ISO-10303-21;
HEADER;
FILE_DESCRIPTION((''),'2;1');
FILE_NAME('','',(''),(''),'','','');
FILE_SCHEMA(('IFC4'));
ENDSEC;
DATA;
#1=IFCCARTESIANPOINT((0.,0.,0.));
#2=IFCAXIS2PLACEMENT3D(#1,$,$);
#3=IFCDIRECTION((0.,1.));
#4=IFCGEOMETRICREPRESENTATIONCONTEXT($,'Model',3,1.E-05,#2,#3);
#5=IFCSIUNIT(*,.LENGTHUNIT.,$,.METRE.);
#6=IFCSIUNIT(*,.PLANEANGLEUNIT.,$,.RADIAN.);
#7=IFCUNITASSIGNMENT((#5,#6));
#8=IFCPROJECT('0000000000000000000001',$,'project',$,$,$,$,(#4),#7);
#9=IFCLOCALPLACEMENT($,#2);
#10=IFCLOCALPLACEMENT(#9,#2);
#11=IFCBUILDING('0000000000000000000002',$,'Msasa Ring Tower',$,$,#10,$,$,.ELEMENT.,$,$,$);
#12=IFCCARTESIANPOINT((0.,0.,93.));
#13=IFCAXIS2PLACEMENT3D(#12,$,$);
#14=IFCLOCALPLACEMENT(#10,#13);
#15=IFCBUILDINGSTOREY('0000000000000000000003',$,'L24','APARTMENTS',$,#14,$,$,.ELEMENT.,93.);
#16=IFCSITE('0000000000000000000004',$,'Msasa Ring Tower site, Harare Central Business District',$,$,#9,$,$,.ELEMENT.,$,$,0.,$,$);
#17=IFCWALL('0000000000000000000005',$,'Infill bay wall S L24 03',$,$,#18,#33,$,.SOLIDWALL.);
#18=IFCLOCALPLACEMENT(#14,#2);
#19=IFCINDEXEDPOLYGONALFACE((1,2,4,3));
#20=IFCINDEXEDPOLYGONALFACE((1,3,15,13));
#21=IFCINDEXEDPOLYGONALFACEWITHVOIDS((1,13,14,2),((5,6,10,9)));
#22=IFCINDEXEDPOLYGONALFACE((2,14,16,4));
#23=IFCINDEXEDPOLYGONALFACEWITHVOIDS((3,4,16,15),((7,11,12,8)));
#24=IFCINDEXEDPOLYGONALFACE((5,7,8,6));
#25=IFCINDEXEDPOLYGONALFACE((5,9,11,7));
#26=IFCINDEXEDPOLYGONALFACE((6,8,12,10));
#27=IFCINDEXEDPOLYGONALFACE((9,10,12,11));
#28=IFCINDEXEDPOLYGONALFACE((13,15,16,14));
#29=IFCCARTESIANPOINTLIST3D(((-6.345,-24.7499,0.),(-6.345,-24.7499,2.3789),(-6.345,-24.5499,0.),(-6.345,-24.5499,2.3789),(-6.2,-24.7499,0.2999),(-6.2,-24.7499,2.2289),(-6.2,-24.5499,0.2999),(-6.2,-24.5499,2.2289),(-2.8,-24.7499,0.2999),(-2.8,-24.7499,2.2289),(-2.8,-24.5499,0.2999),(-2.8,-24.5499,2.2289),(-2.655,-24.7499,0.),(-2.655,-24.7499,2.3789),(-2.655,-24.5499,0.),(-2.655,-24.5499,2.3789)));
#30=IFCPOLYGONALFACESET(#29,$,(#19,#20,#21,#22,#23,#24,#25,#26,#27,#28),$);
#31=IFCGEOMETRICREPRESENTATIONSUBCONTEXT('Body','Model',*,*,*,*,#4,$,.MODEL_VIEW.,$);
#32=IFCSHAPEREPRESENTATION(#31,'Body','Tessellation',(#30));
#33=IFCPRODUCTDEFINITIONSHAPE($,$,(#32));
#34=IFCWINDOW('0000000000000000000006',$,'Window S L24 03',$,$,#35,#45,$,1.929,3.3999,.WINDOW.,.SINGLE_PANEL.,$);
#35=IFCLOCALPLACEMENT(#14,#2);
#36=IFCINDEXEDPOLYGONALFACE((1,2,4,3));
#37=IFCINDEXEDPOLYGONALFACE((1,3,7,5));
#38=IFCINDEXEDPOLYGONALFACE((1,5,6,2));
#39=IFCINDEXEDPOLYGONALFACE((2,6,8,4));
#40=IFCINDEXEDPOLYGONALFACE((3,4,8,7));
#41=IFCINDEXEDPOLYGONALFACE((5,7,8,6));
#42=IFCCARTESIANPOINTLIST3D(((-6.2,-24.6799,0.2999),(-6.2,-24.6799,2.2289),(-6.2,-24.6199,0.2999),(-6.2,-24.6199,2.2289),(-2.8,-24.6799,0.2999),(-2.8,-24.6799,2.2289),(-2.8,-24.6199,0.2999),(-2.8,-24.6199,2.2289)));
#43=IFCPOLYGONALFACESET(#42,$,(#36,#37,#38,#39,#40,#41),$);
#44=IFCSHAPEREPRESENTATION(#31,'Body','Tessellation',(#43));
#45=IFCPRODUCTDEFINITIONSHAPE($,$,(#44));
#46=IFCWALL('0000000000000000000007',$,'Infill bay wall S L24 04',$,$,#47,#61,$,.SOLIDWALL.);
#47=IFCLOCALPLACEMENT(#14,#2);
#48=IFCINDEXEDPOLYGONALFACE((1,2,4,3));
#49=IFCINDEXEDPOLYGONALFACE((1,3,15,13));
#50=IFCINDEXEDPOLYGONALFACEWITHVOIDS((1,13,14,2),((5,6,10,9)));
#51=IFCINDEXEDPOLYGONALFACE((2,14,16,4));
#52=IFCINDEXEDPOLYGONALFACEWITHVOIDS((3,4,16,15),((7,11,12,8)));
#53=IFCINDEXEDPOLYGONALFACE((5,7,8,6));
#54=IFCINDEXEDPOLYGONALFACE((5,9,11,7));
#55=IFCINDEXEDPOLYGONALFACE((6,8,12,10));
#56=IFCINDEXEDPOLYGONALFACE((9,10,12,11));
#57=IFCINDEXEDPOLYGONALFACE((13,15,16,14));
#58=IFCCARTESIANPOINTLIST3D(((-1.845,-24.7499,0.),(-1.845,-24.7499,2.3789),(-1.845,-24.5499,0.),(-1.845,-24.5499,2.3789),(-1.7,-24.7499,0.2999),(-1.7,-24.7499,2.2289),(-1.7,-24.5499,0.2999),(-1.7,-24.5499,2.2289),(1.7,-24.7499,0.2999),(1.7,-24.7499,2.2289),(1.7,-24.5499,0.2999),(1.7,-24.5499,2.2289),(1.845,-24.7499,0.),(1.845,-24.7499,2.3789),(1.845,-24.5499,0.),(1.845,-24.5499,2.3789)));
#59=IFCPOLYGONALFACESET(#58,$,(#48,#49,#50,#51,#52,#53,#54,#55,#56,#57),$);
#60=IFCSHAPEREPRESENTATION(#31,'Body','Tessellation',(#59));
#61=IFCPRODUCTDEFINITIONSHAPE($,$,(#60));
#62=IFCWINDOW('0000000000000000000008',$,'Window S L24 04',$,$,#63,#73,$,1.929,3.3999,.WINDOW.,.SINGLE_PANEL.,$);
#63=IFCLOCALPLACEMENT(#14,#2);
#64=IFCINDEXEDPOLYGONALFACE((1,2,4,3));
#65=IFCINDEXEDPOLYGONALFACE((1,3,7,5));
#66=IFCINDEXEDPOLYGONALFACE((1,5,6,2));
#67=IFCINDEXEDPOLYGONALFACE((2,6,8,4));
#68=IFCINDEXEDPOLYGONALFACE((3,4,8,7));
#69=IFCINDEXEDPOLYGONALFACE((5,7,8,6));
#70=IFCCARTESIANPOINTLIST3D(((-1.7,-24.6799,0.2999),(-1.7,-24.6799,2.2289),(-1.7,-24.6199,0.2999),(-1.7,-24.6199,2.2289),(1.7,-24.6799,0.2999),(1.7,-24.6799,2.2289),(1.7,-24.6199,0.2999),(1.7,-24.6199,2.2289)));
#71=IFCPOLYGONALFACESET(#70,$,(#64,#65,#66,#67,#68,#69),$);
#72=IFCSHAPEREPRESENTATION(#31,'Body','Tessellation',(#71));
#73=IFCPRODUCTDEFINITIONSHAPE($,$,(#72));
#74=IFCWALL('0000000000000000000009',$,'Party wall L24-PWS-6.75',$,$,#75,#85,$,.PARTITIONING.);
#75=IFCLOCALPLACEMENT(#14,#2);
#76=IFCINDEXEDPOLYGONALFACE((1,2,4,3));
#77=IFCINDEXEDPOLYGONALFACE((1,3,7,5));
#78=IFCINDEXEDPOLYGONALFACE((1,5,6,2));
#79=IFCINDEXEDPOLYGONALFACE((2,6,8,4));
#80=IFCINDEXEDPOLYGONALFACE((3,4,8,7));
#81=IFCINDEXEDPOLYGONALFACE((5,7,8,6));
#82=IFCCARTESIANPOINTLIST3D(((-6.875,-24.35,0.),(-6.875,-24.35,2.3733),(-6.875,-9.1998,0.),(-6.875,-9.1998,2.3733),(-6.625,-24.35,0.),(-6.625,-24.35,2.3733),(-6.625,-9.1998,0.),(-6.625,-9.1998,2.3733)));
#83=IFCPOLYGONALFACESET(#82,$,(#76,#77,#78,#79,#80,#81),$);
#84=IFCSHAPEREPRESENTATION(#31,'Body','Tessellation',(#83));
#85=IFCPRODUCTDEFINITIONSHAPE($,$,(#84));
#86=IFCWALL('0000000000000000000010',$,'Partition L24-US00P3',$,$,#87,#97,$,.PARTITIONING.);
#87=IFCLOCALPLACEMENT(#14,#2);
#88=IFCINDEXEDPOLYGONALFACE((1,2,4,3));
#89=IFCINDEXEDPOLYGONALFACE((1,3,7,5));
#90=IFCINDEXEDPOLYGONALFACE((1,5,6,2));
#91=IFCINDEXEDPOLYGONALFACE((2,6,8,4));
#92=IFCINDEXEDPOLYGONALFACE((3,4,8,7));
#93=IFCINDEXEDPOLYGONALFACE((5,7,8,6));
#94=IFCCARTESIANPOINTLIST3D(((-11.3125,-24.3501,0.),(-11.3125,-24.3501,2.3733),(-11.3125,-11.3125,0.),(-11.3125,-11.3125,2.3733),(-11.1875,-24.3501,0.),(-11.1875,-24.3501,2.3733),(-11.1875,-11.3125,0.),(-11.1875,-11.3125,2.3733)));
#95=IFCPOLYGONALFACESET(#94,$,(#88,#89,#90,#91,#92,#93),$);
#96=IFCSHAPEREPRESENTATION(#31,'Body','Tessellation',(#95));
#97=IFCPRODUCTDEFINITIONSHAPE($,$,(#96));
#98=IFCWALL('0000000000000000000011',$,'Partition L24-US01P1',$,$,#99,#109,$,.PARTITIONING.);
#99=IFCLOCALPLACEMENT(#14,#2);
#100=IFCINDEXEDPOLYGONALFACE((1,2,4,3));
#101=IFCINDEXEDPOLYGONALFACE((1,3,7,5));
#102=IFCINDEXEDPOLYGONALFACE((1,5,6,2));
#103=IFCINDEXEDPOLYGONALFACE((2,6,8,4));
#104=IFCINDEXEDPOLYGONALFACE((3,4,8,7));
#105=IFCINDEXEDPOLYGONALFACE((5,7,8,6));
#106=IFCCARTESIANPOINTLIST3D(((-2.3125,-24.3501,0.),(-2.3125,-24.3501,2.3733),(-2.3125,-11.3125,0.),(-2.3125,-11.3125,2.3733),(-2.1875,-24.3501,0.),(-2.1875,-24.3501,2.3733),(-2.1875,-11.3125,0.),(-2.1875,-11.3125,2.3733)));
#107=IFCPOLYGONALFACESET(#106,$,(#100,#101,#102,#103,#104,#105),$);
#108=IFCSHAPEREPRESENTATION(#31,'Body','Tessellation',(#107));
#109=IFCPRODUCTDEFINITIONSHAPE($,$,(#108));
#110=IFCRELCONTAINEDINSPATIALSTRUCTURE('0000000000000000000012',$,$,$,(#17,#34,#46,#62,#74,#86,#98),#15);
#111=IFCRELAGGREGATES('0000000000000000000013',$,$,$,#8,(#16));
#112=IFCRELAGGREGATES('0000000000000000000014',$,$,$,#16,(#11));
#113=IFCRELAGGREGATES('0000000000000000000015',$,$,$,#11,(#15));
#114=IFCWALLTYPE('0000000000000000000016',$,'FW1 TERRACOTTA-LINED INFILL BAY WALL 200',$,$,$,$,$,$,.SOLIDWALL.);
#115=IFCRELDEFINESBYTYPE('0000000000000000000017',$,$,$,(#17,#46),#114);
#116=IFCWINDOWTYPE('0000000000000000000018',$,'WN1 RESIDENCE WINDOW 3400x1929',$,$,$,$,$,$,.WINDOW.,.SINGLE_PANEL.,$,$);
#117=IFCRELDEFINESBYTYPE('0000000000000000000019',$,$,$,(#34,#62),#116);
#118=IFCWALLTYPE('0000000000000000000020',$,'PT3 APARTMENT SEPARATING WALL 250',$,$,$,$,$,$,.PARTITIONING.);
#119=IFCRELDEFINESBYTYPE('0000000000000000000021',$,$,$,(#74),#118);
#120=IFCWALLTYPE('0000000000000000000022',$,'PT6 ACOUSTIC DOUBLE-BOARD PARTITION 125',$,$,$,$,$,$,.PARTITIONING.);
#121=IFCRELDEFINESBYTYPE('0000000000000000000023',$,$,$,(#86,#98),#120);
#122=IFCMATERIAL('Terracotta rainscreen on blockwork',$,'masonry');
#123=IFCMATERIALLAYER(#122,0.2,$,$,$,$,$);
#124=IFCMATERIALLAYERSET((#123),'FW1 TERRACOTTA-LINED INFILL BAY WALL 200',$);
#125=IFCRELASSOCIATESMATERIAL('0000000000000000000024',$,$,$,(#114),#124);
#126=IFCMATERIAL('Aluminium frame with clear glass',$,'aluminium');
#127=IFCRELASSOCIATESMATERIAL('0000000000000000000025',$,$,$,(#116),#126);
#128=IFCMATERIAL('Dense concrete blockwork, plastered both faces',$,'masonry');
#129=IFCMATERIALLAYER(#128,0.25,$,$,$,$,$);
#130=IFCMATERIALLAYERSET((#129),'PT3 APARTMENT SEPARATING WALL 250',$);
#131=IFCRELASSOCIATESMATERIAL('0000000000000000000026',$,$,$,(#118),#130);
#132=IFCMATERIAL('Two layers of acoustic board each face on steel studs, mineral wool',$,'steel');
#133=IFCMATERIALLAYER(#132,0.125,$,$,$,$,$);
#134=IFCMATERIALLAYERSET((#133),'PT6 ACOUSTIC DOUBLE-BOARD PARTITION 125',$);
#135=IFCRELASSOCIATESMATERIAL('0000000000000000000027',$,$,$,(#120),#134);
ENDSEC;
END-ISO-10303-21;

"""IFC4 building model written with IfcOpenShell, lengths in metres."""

from ifc_helpers import new_model, si_unit, direction, frame, frame_2d, origin, place, context, subcontext, project, spatial, rectangle, extrude, material, layer, layer_set, type_object, element, fill, save


model = new_model("IFC4")

# Units and contexts
model_context = context("Model", 3, precision=1e-05, world=origin(), true_north=direction((0.0, 1.0)))
body_context = subcontext(model_context, "Body", "Model", "MODEL_VIEW")
ifc_project = project(units=[si_unit("LENGTHUNIT", "METRE"), si_unit("PLANEANGLEUNIT", "RADIAN")], contexts=[model_context])

# Site, building, storey
site_placement = place(None, origin())
site = spatial("IfcSite", under=ifc_project, at=site_placement, Name="Msasa Ring Tower site, Harare Central Business District", CompositionType="ELEMENT", RefElevation=0.0)
building_placement = place(site_placement, origin())
building = spatial("IfcBuilding", under=site, at=building_placement, Name="Msasa Ring Tower", CompositionType="ELEMENT")
storey_placement = place(building_placement, frame((0.0, 0.0, 93.0)))
storey = spatial("IfcBuildingStorey", under=building, at=storey_placement, Name="L24", Description="APARTMENTS", CompositionType="ELEMENT", Elevation=93.0)

# Walls, openings, windows
ifc_material_1 = material(Name="Terracotta rainscreen on blockwork", Category="masonry")
ifc_layer_1 = layer(ifc_material_1, 0.2)
ifc_layer_set_1 = layer_set([ifc_layer_1], Name="FW1 TERRACOTTA-LINED INFILL BAY WALL 200")
wall_type_1 = type_object("IfcWallType", Name="FW1 TERRACOTTA-LINED INFILL BAY WALL 200", PredefinedType="SOLIDWALL", material=ifc_layer_set_1)
ifc_material_2 = material(Name="Aluminium frame with clear glass", Category="aluminium")
window_type = type_object("IfcWindowType", Name="WN1 RESIDENCE WINDOW 3400x1929", PartitioningType="SINGLE_PANEL", PredefinedType="WINDOW", material=ifc_material_2)
wall_1_placement = place(storey_placement, frame((-6.345, -24.6499, 0.0), z_axis=(0.0, 0.0, 1.0), x_axis=(1.0, 0.0, 0.0)))
wall_1 = element("IfcWall", 1, at=wall_1_placement, inside=storey, type_object=wall_type_1, Name="Infill bay wall S L24 03", PredefinedType="SOLIDWALL", context=body_context, shape_type="SweptSolid", body=[
    extrude(rectangle(XDim=3.6899, YDim=0.2, at=frame_2d((1.845, 0.0))), origin(), (0.0, 0.0, 1.0), 2.3789),
])
opening_1_placement = place(wall_1_placement, frame((0.145, 0.0, 0.3)))
opening_1 = element("IfcOpeningElement", 2, at=opening_1_placement, cuts=wall_1, PredefinedType="OPENING", context=body_context, shape_type="SweptSolid", body=[
    extrude(rectangle(XDim=3.3999, YDim=1.929, at=frame_2d((1.7, 0.9644))), frame((0.0, 0.1099, 0.0), z_axis=(0.0, -1.0, 0.0), x_axis=(1.0, 0.0, 0.0)), (0.0, 0.0, 1.0), 0.22),
])
window_1_placement = place(opening_1_placement, origin())
window_1 = element("IfcWindow", 3, at=window_1_placement, inside=storey, type_object=window_type, Name="Window S L24 03", OverallHeight=1.929, OverallWidth=3.3999, PartitioningType="SINGLE_PANEL", PredefinedType="WINDOW", context=body_context, shape_type="SweptSolid", body=[
    extrude(rectangle(XDim=3.3999, YDim=1.929, at=frame_2d((1.7, 0.9644))), frame((0.0, 0.03, 0.0), z_axis=(0.0, -1.0, 0.0), x_axis=(1.0, 0.0, 0.0)), (0.0, 0.0, 1.0), 0.0601),
])
fill(opening_1, window_1)
wall_2_placement = place(storey_placement, frame((-1.845, -24.6499, 0.0), z_axis=(0.0, 0.0, 1.0), x_axis=(1.0, 0.0, 0.0)))
wall_2 = element("IfcWall", 4, at=wall_2_placement, inside=storey, type_object=wall_type_1, Name="Infill bay wall S L24 04", PredefinedType="SOLIDWALL", context=body_context, shape_type="SweptSolid", body=[
    extrude(rectangle(XDim=3.6899, YDim=0.2, at=frame_2d((1.845, 0.0))), origin(), (0.0, 0.0, 1.0), 2.3789),
])
opening_2_placement = place(wall_2_placement, frame((0.145, 0.0, 0.3)))
opening_2 = element("IfcOpeningElement", 5, at=opening_2_placement, cuts=wall_2, PredefinedType="OPENING", context=body_context, shape_type="SweptSolid", body=[
    extrude(rectangle(XDim=3.3999, YDim=1.929, at=frame_2d((1.7, 0.9644))), frame((0.0, 0.1099, 0.0), z_axis=(0.0, -1.0, 0.0), x_axis=(1.0, 0.0, 0.0)), (0.0, 0.0, 1.0), 0.22),
])
window_2_placement = place(opening_2_placement, origin())
window_2 = element("IfcWindow", 6, at=window_2_placement, inside=storey, type_object=window_type, Name="Window S L24 04", OverallHeight=1.929, OverallWidth=3.3999, PartitioningType="SINGLE_PANEL", PredefinedType="WINDOW", context=body_context, shape_type="SweptSolid", body=[
    extrude(rectangle(XDim=3.3999, YDim=1.929, at=frame_2d((1.7, 0.9644))), frame((0.0, 0.03, 0.0), z_axis=(0.0, -1.0, 0.0), x_axis=(1.0, 0.0, 0.0)), (0.0, 0.0, 1.0), 0.0601),
])
fill(opening_2, window_2)

# Walls
ifc_material_3 = material(Name="Dense concrete blockwork, plastered both faces", Category="masonry")
ifc_layer_2 = layer(ifc_material_3, 0.25)
ifc_layer_set_2 = layer_set([ifc_layer_2], Name="PT3 APARTMENT SEPARATING WALL 250")
wall_type_2 = type_object("IfcWallType", Name="PT3 APARTMENT SEPARATING WALL 250", PredefinedType="PARTITIONING", material=ifc_layer_set_2)
wall_3_placement = place(storey_placement, frame((-6.75, -24.3501, 0.0), z_axis=(0.0, 0.0, 1.0), x_axis=(0.0, 1.0, 0.0)))
element("IfcWall", 7, at=wall_3_placement, inside=storey, type_object=wall_type_2, Name="Party wall L24-PWS-6.75", PredefinedType="PARTITIONING", context=body_context, shape_type="SweptSolid", body=[
    extrude(rectangle(XDim=15.1501, YDim=0.25, at=frame_2d((7.5752, 0.0))), origin(), (0.0, 0.0, 1.0), 2.3733),
])
ifc_material_4 = material(Name="Two layers of acoustic board each face on steel studs, mineral wool", Category="steel")
ifc_layer_3 = layer(ifc_material_4, 0.125)
ifc_layer_set_3 = layer_set([ifc_layer_3], Name="PT6 ACOUSTIC DOUBLE-BOARD PARTITION 125")
wall_type_3 = type_object("IfcWallType", Name="PT6 ACOUSTIC DOUBLE-BOARD PARTITION 125", PredefinedType="PARTITIONING", material=ifc_layer_set_3)
for number, where, z_axis, x_axis, name in (
    (8, (-11.25, -24.3501, 0.0), (0.0, 0.0, 1.0), (0.0, 1.0, 0.0), "Partition L24-US00P3"),
    (9, (-2.25, -24.3501, 0.0), (0.0, 0.0, 1.0), (0.0, 1.0, 0.0), "Partition L24-US01P1"),
):
    element("IfcWall", number, at=place(storey_placement, frame(where, z_axis=z_axis, x_axis=x_axis)), inside=storey, type_object=wall_type_3, Name=name, PredefinedType="PARTITIONING", context=body_context, shape_type="SweptSolid", body=[
        extrude(rectangle(XDim=13.0376, YDim=0.125, at=frame_2d((6.5188, 0.0))), origin(), (0.0, 0.0, 1.0), 2.3733),
    ])

save(model, "model.ifc")
